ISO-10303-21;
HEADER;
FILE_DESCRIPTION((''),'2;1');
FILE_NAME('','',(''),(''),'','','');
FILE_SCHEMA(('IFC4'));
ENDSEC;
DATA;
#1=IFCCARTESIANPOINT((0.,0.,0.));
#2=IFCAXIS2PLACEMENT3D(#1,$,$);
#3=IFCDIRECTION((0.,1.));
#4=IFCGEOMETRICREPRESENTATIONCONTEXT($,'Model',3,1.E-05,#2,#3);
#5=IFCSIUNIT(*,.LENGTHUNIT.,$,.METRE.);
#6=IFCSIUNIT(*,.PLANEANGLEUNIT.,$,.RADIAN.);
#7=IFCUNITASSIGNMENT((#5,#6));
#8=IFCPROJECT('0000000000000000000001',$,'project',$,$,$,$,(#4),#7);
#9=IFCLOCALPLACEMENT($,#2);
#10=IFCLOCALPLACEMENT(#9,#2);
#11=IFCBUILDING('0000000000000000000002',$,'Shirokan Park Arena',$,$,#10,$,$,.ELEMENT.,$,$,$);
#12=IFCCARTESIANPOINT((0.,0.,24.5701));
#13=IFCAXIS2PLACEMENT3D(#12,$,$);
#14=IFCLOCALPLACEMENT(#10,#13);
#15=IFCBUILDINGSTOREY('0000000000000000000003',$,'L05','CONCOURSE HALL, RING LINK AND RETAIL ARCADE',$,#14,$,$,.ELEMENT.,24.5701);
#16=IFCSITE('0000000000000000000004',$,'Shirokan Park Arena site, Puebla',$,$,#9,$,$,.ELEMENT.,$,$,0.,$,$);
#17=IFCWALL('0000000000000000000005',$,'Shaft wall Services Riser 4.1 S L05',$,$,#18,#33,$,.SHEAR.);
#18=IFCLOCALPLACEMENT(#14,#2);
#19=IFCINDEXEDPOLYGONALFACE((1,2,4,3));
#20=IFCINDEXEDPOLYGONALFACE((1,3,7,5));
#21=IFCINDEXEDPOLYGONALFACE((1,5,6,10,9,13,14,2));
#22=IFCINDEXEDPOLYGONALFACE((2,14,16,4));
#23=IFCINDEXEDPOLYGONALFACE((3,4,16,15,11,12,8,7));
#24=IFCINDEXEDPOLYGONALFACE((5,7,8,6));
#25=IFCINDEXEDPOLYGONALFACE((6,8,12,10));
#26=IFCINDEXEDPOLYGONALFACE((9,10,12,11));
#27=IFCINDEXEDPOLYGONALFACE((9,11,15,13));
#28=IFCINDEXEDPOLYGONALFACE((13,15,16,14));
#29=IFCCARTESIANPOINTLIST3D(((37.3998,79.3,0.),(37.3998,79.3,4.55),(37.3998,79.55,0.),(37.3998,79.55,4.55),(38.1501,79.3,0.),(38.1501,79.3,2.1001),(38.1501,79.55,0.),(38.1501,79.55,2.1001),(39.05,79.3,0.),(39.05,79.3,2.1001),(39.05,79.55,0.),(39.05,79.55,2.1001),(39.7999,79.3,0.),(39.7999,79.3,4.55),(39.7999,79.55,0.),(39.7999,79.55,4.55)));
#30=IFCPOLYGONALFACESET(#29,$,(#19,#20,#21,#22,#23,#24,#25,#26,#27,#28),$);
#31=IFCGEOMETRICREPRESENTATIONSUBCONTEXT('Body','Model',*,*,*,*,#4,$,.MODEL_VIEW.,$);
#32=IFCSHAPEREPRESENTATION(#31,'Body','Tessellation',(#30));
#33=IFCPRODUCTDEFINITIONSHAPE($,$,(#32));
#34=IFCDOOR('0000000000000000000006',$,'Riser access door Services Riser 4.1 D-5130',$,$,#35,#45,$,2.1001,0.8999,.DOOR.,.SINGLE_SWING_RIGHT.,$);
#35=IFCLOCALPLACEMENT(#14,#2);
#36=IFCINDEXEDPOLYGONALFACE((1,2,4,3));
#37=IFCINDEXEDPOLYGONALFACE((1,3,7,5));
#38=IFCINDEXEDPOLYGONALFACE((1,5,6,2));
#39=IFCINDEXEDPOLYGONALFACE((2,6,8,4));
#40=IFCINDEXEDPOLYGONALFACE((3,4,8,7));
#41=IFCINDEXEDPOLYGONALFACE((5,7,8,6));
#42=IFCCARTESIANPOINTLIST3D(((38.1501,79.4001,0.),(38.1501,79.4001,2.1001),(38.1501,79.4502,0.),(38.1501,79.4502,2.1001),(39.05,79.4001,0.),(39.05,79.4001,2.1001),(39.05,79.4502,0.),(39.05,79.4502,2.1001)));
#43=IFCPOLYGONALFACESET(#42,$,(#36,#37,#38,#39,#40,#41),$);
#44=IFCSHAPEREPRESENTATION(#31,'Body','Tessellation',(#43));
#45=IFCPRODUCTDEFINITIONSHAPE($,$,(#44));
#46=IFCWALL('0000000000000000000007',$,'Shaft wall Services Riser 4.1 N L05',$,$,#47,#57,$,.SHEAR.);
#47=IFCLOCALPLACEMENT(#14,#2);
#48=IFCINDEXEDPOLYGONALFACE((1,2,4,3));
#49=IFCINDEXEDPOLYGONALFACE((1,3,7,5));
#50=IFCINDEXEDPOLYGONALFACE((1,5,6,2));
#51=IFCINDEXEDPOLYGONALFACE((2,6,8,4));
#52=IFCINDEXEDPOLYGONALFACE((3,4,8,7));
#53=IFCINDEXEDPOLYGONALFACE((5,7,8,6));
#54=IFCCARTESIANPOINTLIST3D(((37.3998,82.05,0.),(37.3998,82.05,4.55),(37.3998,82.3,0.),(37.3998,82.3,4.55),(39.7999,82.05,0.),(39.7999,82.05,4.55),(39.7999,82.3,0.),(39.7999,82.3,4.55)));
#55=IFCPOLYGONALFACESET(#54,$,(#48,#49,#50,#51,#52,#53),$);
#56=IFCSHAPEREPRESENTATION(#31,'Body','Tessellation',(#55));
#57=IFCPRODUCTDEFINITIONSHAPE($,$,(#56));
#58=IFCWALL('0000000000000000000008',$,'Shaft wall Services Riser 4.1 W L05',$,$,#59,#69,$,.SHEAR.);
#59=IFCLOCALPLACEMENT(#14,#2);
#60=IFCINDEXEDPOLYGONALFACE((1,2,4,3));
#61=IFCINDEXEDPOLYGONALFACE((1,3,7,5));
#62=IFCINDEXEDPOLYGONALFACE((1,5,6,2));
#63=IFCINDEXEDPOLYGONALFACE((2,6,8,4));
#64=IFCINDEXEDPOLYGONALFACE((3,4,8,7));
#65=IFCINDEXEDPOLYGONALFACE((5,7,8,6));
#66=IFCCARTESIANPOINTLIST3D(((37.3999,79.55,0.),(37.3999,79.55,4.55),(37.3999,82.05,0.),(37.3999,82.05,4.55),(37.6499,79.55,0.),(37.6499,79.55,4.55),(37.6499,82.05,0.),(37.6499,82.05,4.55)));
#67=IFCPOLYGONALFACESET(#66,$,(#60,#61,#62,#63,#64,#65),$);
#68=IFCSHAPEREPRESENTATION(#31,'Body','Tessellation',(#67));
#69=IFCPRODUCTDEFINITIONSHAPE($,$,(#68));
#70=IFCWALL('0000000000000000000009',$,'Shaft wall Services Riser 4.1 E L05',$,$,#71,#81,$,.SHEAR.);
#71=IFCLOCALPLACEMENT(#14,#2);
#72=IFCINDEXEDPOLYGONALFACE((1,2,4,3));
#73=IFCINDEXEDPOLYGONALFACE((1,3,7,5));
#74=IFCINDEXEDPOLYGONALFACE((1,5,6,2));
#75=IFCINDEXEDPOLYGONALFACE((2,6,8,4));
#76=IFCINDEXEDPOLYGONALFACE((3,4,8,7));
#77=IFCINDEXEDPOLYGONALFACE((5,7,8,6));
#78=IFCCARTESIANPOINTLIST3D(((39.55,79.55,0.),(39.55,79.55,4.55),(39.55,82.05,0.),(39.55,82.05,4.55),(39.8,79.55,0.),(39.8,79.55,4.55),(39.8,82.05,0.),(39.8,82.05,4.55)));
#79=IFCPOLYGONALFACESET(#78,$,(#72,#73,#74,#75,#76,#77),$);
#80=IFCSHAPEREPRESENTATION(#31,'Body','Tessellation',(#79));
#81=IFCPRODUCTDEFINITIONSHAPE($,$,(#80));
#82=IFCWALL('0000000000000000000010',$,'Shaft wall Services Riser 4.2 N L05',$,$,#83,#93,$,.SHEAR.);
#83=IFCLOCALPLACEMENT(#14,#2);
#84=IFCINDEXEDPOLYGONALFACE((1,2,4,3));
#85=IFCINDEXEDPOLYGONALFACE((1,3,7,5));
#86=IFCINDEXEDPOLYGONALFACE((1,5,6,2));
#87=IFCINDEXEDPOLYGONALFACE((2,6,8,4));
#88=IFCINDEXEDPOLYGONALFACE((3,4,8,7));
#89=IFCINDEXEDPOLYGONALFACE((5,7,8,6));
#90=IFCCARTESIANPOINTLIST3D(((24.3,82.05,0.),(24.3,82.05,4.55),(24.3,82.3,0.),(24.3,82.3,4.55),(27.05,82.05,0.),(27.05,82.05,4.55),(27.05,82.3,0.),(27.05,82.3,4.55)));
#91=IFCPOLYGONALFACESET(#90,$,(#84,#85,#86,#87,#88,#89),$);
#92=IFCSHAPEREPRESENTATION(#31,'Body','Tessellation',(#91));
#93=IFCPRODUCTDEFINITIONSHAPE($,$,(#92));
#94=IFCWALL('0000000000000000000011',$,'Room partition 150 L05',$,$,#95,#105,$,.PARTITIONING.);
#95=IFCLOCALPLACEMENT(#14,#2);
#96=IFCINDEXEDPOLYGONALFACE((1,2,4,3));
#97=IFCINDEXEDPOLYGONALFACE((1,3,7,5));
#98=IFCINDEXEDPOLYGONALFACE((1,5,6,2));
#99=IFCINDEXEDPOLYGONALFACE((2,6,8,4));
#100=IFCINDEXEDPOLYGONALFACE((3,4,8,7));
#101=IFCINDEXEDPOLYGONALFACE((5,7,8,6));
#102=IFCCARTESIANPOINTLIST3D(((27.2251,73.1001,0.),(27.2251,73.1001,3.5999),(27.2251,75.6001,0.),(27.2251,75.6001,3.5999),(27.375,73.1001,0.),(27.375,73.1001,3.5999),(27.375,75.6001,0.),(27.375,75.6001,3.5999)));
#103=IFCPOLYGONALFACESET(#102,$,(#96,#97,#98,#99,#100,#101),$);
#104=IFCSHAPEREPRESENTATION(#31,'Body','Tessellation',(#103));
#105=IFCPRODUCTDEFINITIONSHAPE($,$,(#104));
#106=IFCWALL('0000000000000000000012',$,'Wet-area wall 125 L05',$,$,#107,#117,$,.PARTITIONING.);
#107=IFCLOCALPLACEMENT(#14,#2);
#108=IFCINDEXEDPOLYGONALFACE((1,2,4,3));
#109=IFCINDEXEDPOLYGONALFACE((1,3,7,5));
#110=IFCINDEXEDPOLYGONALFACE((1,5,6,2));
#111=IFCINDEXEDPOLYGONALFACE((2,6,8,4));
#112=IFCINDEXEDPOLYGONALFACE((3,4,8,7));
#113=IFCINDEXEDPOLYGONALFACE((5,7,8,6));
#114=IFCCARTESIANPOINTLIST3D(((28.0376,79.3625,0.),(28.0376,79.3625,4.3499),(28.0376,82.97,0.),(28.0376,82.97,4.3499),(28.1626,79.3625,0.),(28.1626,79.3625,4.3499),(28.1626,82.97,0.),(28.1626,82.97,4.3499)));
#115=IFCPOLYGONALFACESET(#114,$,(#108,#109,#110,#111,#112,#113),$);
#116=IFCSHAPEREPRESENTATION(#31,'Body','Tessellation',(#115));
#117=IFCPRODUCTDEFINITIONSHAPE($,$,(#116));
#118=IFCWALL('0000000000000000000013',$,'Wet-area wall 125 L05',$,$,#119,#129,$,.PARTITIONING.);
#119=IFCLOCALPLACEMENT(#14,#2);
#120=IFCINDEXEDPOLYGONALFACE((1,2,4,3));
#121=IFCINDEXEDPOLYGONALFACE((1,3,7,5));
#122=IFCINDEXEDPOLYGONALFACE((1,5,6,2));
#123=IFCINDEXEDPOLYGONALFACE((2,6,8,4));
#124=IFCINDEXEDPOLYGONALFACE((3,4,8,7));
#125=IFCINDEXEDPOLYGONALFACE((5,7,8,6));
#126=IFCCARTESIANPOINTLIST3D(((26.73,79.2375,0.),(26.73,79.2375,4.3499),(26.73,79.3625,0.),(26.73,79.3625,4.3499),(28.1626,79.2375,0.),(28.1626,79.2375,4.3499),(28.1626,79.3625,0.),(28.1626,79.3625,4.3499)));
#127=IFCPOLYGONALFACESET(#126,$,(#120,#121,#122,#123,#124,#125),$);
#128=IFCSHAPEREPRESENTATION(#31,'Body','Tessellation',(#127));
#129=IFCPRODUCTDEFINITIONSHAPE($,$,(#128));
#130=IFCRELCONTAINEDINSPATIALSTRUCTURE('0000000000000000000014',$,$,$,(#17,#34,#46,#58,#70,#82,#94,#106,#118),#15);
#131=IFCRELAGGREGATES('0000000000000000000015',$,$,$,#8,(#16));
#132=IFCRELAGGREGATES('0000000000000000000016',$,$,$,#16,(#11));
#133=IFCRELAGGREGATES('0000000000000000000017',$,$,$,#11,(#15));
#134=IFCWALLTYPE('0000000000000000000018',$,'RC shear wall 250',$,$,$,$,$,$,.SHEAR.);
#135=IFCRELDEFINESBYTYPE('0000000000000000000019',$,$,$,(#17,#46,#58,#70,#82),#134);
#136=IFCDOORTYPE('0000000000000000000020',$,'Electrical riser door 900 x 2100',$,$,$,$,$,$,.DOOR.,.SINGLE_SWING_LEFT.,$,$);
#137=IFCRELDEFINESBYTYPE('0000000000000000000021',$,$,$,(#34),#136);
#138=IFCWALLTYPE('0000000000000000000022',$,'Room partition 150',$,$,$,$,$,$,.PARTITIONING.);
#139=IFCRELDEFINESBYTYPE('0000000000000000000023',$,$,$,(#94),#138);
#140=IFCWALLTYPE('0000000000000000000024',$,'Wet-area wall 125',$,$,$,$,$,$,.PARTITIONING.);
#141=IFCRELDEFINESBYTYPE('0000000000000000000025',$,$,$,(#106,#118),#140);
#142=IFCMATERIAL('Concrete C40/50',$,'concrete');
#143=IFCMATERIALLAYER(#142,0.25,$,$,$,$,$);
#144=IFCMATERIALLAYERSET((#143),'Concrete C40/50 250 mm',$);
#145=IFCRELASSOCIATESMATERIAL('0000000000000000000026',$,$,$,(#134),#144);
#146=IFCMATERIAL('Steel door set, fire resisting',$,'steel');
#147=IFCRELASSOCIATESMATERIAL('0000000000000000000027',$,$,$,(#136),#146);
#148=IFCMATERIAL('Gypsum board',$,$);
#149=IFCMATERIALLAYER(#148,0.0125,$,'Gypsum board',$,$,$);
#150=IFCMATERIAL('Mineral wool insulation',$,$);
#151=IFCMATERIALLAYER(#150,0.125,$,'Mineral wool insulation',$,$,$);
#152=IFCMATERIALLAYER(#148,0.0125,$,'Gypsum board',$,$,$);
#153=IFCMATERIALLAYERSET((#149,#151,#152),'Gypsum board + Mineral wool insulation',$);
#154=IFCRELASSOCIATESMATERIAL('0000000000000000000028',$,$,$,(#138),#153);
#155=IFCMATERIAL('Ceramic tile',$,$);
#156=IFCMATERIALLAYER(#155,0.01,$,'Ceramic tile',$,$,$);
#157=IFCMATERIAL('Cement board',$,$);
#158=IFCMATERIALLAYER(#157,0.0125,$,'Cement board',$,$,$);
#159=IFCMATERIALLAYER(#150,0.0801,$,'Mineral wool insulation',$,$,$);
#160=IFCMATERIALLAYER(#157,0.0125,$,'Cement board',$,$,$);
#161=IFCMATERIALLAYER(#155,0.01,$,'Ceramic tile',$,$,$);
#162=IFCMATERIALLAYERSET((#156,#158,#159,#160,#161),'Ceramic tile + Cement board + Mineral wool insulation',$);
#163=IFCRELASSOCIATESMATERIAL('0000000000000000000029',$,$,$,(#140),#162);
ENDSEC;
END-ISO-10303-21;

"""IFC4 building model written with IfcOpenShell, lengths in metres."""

from ifc_helpers import new_model, si_unit, direction, frame, frame_2d, origin, place, context, subcontext, project, spatial, rectangle, extrude, material, layer, layer_set, type_object, element, fill, save


model = new_model("IFC4")

# Units and contexts
model_context = context("Model", 3, precision=1e-05, world=origin(), true_north=direction((0.0, 1.0)))
body_context = subcontext(model_context, "Body", "Model", "MODEL_VIEW")
ifc_project = project(units=[si_unit("LENGTHUNIT", "METRE"), si_unit("PLANEANGLEUNIT", "RADIAN")], contexts=[model_context])

# Site, building, storey
site_placement = place(None, origin())
site = spatial("IfcSite", under=ifc_project, at=site_placement, Name="Shirokan Park Arena site, Puebla", CompositionType="ELEMENT", RefElevation=0.0)
building_placement = place(site_placement, origin())
building = spatial("IfcBuilding", under=site, at=building_placement, Name="Shirokan Park Arena", CompositionType="ELEMENT")
storey_placement = place(building_placement, frame((0.0, 0.0, 24.5701)))
storey = spatial("IfcBuildingStorey", under=building, at=storey_placement, Name="L05", Description="CONCOURSE HALL, RING LINK AND RETAIL ARCADE", CompositionType="ELEMENT", Elevation=24.5701)

# Shared definitions
ifc_material_1 = material(Name="Gypsum board")
ifc_material_2 = material(Name="Mineral wool insulation")
ifc_material_3 = material(Name="Concrete C40/50", Category="concrete")
ifc_layer_1 = layer(ifc_material_3, 0.25)
ifc_layer_set_1 = layer_set([ifc_layer_1], Name="Concrete C40/50 250 mm")
wall_type_1 = type_object("IfcWallType", Name="RC shear wall 250", PredefinedType="SHEAR", material=ifc_layer_set_1)

# Wall, opening, door
wall_1_placement = place(storey_placement, frame((39.8, 79.425, 0.0), z_axis=(0.0, 0.0, 1.0), x_axis=(-1.0, 0.0, 0.0)))
wall_1 = element("IfcWall", 1, at=wall_1_placement, inside=storey, type_object=wall_type_1, Name="Shaft wall Services Riser 4.1 S L05", PredefinedType="SHEAR", context=body_context, shape_type="SweptSolid", body=[
    extrude(rectangle(XDim=2.4001, YDim=0.25, at=frame_2d((1.2002, 0.0))), origin(), (0.0, 0.0, 1.0), 4.55),
])
opening_placement = place(wall_1_placement, frame((0.75, 0.0, 0.0)))
opening = element("IfcOpeningElement", 2, at=opening_placement, cuts=wall_1, PredefinedType="OPENING", context=body_context, shape_type="SweptSolid", body=[
    extrude(rectangle(XDim=0.8999, YDim=2.1001, at=frame_2d((0.45, 1.05))), frame((0.0, 0.135, 0.0), z_axis=(0.0, -1.0, 0.0), x_axis=(1.0, 0.0, 0.0)), (0.0, 0.0, 1.0), 0.27),
])
ifc_material_4 = material(Name="Steel door set, fire resisting", Category="steel")
door_type = type_object("IfcDoorType", Name="Electrical riser door 900 x 2100", OperationType="SINGLE_SWING_LEFT", PredefinedType="DOOR", material=ifc_material_4)
door_placement = place(opening_placement, origin())
door = element("IfcDoor", 3, at=door_placement, inside=storey, type_object=door_type, Name="Riser access door Services Riser 4.1 D-5130", OperationType="SINGLE_SWING_RIGHT", OverallHeight=2.1001, OverallWidth=0.8999, PredefinedType="DOOR", context=body_context, shape_type="SweptSolid", body=[
    extrude(rectangle(XDim=0.8999, YDim=2.1001, at=frame_2d((0.45, 1.05))), frame((0.0, 0.0249, 0.0), z_axis=(0.0, -1.0, 0.0), x_axis=(1.0, 0.0, 0.0)), (0.0, 0.0, 1.0), 0.05),
])
fill(opening, door)

# Walls
wall_2_placement = place(storey_placement, frame((39.8, 82.175, 0.0), z_axis=(0.0, 0.0, 1.0), x_axis=(-1.0, 0.0, 0.0)))
element("IfcWall", 4, at=wall_2_placement, inside=storey, type_object=wall_type_1, Name="Shaft wall Services Riser 4.1 N L05", PredefinedType="SHEAR", context=body_context, shape_type="SweptSolid", body=[
    extrude(rectangle(XDim=2.4001, YDim=0.25, at=frame_2d((1.2002, 0.0))), origin(), (0.0, 0.0, 1.0), 4.55),
])
for number, where, z_axis, x_axis, name in (
    (5, (37.5249, 82.05, 0.0), (0.0, 0.0, 1.0), (0.0, -1.0, 0.0), "Shaft wall Services Riser 4.1 W L05"),
    (6, (39.675, 82.05, 0.0), (0.0, 0.0, 1.0), (0.0, -1.0, 0.0), "Shaft wall Services Riser 4.1 E L05"),
):
    element("IfcWall", number, at=place(storey_placement, frame(where, z_axis=z_axis, x_axis=x_axis)), inside=storey, type_object=wall_type_1, Name=name, PredefinedType="SHEAR", context=body_context, shape_type="SweptSolid", body=[
        extrude(rectangle(XDim=2.5, YDim=0.25, at=frame_2d((1.25, 0.0))), origin(), (0.0, 0.0, 1.0), 4.55),
    ])
wall_3_placement = place(storey_placement, frame((27.05, 82.175, 0.0), z_axis=(0.0, 0.0, 1.0), x_axis=(-1.0, 0.0, 0.0)))
element("IfcWall", 7, at=wall_3_placement, inside=storey, type_object=wall_type_1, Name="Shaft wall Services Riser 4.2 N L05", PredefinedType="SHEAR", context=body_context, shape_type="SweptSolid", body=[
    extrude(rectangle(XDim=2.75, YDim=0.25, at=frame_2d((1.375, 0.0))), origin(), (0.0, 0.0, 1.0), 4.55),
])
ifc_layer_2 = layer(ifc_material_1, 0.0125, Name="Gypsum board")
ifc_layer_3 = layer(ifc_material_2, 0.125, Name="Mineral wool insulation")
ifc_layer_4 = layer(ifc_material_1, 0.0125, Name="Gypsum board")
ifc_layer_set_2 = layer_set([ifc_layer_2, ifc_layer_3, ifc_layer_4], Name="Gypsum board + Mineral wool insulation")
wall_type_2 = type_object("IfcWallType", Name="Room partition 150", PredefinedType="PARTITIONING", material=ifc_layer_set_2)
wall_4_placement = place(storey_placement, frame((27.3, 75.6001, 0.0), z_axis=(0.0, 0.0, 1.0), x_axis=(0.0, -1.0, 0.0)))
element("IfcWall", 8, at=wall_4_placement, inside=storey, type_object=wall_type_2, Name="Room partition 150 L05", PredefinedType="PARTITIONING", context=body_context, shape_type="SweptSolid", body=[
    extrude(rectangle(XDim=2.5, YDim=0.1499, at=frame_2d((1.25, 0.0))), origin(), (0.0, 0.0, 1.0), 3.5999),
])
ifc_material_5 = material(Name="Ceramic tile")
ifc_layer_5 = layer(ifc_material_5, 0.01, Name="Ceramic tile")
ifc_material_6 = material(Name="Cement board")
ifc_layer_6 = layer(ifc_material_6, 0.0125, Name="Cement board")
ifc_layer_7 = layer(ifc_material_2, 0.0801, Name="Mineral wool insulation")
ifc_layer_8 = layer(ifc_material_6, 0.0125, Name="Cement board")
ifc_layer_9 = layer(ifc_material_5, 0.01, Name="Ceramic tile")
ifc_layer_set_3 = layer_set([ifc_layer_5, ifc_layer_6, ifc_layer_7, ifc_layer_8, ifc_layer_9], Name="Ceramic tile + Cement board + Mineral wool insulation")
wall_type_3 = type_object("IfcWallType", Name="Wet-area wall 125", PredefinedType="PARTITIONING", material=ifc_layer_set_3)
wall_5_placement = place(storey_placement, frame((28.1001, 82.97, 0.0), z_axis=(0.0, 0.0, 1.0), x_axis=(0.0, -1.0, 0.0)))
element("IfcWall", 9, at=wall_5_placement, inside=storey, type_object=wall_type_3, Name="Wet-area wall 125 L05", PredefinedType="PARTITIONING", context=body_context, shape_type="SweptSolid", body=[
    extrude(rectangle(XDim=3.6074, YDim=0.125, at=frame_2d((1.8037, 0.0))), origin(), (0.0, 0.0, 1.0), 4.3499),
])
wall_6_placement = place(storey_placement, frame((28.1626, 79.3, 0.0), z_axis=(0.0, 0.0, 1.0), x_axis=(-1.0, 0.0, 0.0)))
element("IfcWall", 10, at=wall_6_placement, inside=storey, type_object=wall_type_3, Name="Wet-area wall 125 L05", PredefinedType="PARTITIONING", context=body_context, shape_type="SweptSolid", body=[
    extrude(rectangle(XDim=1.4326, YDim=0.125, at=frame_2d((0.7163, 0.0))), origin(), (0.0, 0.0, 1.0), 4.3499),
])

save(model, "model.ifc")
